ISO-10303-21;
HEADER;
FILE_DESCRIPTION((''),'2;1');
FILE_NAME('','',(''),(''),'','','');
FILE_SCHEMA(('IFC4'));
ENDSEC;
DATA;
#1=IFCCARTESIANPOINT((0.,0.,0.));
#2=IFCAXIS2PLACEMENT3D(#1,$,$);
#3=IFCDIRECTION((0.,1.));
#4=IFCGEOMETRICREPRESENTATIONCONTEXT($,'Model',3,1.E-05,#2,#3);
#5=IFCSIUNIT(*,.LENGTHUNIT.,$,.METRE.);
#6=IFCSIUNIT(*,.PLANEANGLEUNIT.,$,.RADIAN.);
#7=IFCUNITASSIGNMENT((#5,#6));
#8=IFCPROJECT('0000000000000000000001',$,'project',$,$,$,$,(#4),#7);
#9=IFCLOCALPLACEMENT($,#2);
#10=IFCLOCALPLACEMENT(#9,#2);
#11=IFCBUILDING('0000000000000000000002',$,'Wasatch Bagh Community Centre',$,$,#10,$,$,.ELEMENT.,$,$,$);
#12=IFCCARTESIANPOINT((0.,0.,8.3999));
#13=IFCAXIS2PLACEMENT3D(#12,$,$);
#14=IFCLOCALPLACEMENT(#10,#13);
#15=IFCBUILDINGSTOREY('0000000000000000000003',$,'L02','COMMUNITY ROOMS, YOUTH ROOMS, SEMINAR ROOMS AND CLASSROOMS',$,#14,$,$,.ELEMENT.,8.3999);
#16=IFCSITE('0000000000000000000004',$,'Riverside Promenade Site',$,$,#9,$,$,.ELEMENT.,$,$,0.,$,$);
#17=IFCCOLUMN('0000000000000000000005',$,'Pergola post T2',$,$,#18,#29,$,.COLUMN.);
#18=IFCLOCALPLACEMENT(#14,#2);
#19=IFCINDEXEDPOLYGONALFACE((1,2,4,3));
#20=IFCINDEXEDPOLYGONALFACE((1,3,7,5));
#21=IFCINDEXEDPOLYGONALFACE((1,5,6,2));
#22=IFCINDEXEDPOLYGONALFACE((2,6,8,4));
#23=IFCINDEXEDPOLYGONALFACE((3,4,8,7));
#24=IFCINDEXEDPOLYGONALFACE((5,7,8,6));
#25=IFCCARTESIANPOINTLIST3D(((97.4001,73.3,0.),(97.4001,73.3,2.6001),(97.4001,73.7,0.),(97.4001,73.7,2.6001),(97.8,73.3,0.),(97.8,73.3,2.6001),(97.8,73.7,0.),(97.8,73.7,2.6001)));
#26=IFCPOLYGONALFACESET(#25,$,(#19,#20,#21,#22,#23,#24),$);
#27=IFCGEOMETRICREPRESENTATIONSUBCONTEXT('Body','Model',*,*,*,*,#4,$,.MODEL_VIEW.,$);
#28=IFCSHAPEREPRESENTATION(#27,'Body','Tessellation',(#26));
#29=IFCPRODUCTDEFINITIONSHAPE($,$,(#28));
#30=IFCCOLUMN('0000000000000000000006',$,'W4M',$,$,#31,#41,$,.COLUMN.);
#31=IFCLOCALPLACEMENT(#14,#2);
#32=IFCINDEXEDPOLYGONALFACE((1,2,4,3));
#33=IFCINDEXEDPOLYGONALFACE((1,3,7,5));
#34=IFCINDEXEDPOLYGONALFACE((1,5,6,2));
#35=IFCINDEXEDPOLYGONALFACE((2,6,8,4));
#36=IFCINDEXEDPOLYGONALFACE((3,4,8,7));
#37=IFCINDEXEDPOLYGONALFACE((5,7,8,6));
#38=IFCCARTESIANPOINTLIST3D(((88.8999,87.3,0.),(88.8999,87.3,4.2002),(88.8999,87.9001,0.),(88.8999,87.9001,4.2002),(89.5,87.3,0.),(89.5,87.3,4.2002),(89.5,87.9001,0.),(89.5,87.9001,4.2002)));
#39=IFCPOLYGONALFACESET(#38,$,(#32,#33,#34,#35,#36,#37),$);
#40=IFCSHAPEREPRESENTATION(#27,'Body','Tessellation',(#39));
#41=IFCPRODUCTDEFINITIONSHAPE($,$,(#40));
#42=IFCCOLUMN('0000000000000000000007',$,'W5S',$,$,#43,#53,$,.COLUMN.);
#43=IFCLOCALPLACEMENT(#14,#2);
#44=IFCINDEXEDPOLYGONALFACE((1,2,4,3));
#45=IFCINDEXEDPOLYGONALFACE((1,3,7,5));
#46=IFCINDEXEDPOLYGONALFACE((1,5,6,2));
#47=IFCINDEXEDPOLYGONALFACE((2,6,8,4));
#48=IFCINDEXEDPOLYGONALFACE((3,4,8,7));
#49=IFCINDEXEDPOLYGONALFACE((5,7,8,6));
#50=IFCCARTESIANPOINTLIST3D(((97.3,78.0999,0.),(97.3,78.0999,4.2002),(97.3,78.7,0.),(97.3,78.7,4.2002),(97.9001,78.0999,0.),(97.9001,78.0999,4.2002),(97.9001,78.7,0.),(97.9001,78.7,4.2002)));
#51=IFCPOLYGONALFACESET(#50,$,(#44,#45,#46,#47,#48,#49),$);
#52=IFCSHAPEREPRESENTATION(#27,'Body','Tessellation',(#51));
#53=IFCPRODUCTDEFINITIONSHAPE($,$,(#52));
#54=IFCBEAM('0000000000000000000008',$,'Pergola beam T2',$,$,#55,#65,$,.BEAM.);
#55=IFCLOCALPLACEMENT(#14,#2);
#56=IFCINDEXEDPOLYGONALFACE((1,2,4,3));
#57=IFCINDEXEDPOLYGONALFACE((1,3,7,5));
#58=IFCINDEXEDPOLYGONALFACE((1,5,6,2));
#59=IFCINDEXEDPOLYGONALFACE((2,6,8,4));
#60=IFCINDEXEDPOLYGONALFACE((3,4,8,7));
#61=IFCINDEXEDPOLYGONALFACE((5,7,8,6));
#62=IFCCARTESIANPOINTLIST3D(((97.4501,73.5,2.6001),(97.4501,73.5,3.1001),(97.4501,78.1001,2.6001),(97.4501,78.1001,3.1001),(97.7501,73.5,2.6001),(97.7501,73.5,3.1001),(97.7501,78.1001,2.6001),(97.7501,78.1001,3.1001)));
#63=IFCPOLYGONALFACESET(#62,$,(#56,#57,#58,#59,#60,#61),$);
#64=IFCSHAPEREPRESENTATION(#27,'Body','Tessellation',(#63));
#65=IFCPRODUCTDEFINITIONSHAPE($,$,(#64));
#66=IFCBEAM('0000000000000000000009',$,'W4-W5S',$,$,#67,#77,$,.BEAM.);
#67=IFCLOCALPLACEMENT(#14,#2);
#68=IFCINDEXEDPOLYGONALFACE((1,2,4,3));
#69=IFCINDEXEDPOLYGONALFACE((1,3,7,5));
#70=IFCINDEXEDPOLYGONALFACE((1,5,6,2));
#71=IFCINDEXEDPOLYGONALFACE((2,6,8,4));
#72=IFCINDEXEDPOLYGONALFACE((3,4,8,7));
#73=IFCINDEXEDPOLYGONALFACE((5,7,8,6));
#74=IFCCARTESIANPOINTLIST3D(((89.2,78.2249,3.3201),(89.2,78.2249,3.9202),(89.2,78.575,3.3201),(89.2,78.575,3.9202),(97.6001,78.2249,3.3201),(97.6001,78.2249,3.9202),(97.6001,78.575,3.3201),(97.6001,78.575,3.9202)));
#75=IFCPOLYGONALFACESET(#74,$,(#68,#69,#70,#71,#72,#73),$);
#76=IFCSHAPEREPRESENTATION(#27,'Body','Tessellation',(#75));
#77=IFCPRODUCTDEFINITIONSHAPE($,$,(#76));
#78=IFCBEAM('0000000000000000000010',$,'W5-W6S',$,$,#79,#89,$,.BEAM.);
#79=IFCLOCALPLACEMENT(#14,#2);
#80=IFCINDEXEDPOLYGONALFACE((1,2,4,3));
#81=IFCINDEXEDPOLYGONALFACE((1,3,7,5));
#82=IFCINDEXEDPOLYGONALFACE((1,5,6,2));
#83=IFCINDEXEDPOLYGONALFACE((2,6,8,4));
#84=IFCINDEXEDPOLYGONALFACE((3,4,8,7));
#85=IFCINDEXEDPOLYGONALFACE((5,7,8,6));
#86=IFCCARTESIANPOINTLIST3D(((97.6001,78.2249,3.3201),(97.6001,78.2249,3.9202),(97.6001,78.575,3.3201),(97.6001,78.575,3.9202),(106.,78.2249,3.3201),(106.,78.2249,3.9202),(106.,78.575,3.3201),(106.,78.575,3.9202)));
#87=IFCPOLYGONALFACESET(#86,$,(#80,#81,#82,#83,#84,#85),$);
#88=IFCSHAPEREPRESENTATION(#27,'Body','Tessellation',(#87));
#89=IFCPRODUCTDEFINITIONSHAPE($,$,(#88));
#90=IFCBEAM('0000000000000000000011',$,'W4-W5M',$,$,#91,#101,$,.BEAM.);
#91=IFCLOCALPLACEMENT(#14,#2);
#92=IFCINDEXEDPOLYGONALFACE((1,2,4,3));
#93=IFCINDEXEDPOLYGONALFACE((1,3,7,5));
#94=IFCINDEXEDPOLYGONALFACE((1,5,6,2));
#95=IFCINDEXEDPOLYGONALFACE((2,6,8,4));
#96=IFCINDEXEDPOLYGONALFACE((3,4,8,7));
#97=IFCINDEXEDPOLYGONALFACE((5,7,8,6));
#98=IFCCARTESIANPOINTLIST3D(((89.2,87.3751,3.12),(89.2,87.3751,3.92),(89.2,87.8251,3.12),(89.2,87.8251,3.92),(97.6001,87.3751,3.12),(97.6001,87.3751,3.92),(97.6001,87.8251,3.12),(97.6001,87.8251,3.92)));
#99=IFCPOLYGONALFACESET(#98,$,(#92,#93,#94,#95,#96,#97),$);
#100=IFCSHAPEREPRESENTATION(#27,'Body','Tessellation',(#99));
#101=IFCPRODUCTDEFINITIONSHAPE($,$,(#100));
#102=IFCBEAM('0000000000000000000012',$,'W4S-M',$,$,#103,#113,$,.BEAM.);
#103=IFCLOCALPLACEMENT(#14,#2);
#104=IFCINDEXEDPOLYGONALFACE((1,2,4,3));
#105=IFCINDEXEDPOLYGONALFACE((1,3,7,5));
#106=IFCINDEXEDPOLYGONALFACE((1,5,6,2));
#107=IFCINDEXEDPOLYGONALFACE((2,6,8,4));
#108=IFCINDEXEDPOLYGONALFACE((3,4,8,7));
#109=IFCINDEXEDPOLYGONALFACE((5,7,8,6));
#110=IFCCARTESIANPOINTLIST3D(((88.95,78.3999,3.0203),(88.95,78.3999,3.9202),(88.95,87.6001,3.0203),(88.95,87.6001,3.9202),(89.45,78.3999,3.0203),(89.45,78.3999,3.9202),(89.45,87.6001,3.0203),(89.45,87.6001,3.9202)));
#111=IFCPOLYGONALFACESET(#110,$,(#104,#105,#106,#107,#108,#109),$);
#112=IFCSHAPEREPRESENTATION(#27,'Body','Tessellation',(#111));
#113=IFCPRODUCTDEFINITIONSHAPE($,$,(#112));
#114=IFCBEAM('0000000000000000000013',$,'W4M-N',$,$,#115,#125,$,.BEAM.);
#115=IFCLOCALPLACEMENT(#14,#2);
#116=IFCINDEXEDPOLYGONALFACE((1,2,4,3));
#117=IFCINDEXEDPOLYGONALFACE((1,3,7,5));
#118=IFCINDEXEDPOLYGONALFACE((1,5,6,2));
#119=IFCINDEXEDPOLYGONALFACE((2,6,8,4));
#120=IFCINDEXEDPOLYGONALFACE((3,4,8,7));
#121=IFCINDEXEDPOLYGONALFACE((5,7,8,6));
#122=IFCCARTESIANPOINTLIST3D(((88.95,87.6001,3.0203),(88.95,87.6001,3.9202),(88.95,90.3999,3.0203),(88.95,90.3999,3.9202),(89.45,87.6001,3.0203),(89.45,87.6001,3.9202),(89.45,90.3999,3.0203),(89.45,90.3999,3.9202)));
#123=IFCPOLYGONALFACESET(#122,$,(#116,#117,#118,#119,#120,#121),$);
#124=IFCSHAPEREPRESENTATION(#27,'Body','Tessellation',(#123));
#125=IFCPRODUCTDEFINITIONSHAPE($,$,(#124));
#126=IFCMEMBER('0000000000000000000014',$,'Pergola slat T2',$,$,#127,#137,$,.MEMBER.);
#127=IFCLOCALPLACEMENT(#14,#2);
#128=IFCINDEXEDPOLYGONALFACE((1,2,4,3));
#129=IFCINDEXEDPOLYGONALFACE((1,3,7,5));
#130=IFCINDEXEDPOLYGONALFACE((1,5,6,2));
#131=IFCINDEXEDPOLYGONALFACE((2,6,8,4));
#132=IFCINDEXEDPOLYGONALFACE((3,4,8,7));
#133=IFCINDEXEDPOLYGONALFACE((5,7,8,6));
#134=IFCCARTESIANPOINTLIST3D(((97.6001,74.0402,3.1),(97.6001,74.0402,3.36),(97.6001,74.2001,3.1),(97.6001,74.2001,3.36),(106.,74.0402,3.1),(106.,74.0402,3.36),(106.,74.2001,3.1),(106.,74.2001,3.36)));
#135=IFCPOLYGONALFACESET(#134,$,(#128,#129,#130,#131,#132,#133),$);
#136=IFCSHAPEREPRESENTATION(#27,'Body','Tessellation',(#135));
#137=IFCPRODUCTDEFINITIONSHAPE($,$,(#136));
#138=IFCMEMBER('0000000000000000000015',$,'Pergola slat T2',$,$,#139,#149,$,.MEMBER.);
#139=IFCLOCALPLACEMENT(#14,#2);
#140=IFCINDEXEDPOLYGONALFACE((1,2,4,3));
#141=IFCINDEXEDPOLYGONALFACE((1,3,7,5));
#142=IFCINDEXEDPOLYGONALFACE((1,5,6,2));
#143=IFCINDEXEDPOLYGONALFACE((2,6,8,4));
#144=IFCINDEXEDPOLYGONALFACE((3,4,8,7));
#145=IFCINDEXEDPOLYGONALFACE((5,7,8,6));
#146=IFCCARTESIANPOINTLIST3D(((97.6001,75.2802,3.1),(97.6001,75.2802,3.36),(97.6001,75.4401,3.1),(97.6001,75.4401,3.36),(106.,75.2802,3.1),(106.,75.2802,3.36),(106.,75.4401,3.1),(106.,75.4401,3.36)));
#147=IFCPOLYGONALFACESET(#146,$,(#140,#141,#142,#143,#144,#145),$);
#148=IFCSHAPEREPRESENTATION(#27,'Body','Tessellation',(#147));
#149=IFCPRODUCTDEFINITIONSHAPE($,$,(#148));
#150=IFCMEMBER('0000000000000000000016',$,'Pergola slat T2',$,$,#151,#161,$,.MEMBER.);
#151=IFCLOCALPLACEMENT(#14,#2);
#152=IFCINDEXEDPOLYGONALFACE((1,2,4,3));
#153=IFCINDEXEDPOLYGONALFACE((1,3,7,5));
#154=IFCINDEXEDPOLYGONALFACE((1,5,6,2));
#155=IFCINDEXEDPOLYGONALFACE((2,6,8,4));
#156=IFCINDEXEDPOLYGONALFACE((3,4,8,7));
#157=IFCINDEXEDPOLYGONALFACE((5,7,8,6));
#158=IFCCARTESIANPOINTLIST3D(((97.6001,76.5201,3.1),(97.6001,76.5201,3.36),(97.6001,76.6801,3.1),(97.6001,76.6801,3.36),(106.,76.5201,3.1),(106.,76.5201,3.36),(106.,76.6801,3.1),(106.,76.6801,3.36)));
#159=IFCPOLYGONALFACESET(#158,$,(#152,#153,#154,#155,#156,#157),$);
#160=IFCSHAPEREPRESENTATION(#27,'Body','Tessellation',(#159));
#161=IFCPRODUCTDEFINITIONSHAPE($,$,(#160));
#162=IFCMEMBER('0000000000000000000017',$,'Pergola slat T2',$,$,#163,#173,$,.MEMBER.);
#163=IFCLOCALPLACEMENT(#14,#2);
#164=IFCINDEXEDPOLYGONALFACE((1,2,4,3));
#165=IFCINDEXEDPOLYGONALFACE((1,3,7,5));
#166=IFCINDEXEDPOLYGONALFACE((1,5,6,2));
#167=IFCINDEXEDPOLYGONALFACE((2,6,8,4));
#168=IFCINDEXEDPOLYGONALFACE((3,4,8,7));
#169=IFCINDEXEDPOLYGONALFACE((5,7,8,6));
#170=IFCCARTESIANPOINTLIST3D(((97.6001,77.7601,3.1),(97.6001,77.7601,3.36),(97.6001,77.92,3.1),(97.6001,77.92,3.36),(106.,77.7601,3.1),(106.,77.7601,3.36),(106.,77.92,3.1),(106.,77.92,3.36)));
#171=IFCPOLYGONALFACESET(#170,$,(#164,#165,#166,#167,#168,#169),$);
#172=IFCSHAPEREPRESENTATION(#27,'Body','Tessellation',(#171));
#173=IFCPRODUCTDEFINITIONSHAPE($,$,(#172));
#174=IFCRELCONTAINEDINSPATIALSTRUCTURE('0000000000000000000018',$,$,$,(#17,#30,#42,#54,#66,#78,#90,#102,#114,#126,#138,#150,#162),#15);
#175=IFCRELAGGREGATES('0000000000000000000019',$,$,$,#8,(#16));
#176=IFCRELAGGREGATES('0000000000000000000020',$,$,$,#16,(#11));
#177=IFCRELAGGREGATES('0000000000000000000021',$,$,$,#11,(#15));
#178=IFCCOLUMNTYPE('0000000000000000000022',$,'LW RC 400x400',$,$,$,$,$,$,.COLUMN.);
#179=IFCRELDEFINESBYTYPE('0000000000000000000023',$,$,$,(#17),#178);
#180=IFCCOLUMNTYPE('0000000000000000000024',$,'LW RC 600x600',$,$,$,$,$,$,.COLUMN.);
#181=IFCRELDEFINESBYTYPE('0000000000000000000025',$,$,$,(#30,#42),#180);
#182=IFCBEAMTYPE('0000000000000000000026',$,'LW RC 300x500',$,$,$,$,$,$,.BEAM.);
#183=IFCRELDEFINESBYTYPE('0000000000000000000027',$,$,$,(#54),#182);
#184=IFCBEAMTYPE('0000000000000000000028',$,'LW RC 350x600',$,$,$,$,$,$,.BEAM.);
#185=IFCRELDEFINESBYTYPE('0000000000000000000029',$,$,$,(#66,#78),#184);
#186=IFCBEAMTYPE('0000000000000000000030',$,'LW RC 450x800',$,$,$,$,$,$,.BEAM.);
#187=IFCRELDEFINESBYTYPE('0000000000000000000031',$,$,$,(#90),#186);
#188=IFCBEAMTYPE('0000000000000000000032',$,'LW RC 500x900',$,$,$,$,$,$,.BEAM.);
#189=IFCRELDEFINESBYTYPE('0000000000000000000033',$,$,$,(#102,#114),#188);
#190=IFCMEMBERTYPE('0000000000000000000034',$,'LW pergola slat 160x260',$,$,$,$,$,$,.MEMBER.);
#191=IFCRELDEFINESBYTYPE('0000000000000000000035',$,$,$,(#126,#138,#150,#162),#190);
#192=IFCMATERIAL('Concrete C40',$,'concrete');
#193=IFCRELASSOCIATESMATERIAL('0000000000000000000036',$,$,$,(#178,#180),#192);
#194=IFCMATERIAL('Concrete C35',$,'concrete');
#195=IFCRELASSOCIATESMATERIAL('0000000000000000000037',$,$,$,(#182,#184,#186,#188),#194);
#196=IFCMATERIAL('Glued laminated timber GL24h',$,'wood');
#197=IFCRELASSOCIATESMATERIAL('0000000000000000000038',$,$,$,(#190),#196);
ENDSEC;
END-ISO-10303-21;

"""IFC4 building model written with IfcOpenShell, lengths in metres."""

from ifc_helpers import new_model, si_unit, direction, frame, origin, origin_2d, place, context, subcontext, project, spatial, rectangle, extrude, material, material_profile, profile_set, type_object, element, save


model = new_model("IFC4")

# Units and contexts
model_context = context("Model", 3, precision=1e-05, world=origin(), true_north=direction((0.0, 1.0)))
body_context = subcontext(model_context, "Body", "Model", "MODEL_VIEW")
ifc_project = project(units=[si_unit("LENGTHUNIT", "METRE"), si_unit("PLANEANGLEUNIT", "RADIAN")], contexts=[model_context])

# Site, building, storey
site_placement = place(None, origin())
site = spatial("IfcSite", under=ifc_project, at=site_placement, Name="Riverside Promenade Site", CompositionType="ELEMENT", RefElevation=0.0)
building_placement = place(site_placement, origin())
building = spatial("IfcBuilding", under=site, at=building_placement, Name="Wasatch Bagh Community Centre", CompositionType="ELEMENT")
storey_placement = place(building_placement, frame((0.0, 0.0, 8.3999)))
storey = spatial("IfcBuildingStorey", under=building, at=storey_placement, Name="L02", Description="COMMUNITY ROOMS, YOUTH ROOMS, SEMINAR ROOMS AND CLASSROOMS", CompositionType="ELEMENT", Elevation=8.3999)

# Columns
ifc_material_1 = material(Name="Concrete C40", Category="concrete")
ifc_material_profile_1 = material_profile(ifc_material_1, rectangle(XDim=0.3999, YDim=0.3999, at=origin_2d()), Name="RC 400x400")
ifc_profile_set_1 = profile_set([ifc_material_profile_1], Name="Concrete C40")
column_type_1 = type_object("IfcColumnType", Name="LW RC 400x400", PredefinedType="COLUMN", material=ifc_profile_set_1)
column_placement = place(storey_placement, frame((97.6001, 73.5, 0.0), z_axis=(0.0, 0.0, 1.0), x_axis=(1.0, 0.0, 0.0)))
element("IfcColumn", 1, at=column_placement, inside=storey, type_object=column_type_1, Name="Pergola post T2", PredefinedType="COLUMN", context=body_context, shape_type="SweptSolid", body=[
    extrude(rectangle(XDim=0.3999, YDim=0.3999, at=origin_2d()), origin(), (0.0, 0.0, 1.0), 2.6001),
])
ifc_material_profile_2 = material_profile(ifc_material_1, rectangle(XDim=0.6001, YDim=0.6001, at=origin_2d()), Name="RC 600x600")
ifc_profile_set_2 = profile_set([ifc_material_profile_2], Name="Concrete C40")
column_type_2 = type_object("IfcColumnType", Name="LW RC 600x600", PredefinedType="COLUMN", material=ifc_profile_set_2)
for number, where, z_axis, x_axis, name in (
    (2, (89.2, 87.6001, 0.0), (0.0, 0.0, 1.0), (1.0, 0.0, 0.0), "W4M"),
    (3, (97.6001, 78.3999, 0.0), (0.0, 0.0, 1.0), (1.0, 0.0, 0.0), "W5S"),
):
    element("IfcColumn", number, at=place(storey_placement, frame(where, z_axis=z_axis, x_axis=x_axis)), inside=storey, type_object=column_type_2, Name=name, PredefinedType="COLUMN", context=body_context, shape_type="SweptSolid", body=[
        extrude(rectangle(XDim=0.6001, YDim=0.6001, at=origin_2d()), origin(), (0.0, 0.0, 1.0), 4.2002),
    ])

# Beams
ifc_material_2 = material(Name="Concrete C35", Category="concrete")
ifc_material_profile_3 = material_profile(ifc_material_2, rectangle(XDim=0.3, YDim=0.5, at=origin_2d()), Name="RC 300x500")
ifc_profile_set_3 = profile_set([ifc_material_profile_3], Name="Concrete C35")
beam_type_1 = type_object("IfcBeamType", Name="LW RC 300x500", PredefinedType="BEAM", material=ifc_profile_set_3)
beam_1_placement = place(storey_placement, frame((97.6001, 78.1001, 2.8501), z_axis=(0.0, -1.0, 0.0), x_axis=(1.0, 0.0, 0.0)))
element("IfcBeam", 4, at=beam_1_placement, inside=storey, type_object=beam_type_1, Name="Pergola beam T2", PredefinedType="BEAM", context=body_context, shape_type="SweptSolid", body=[
    extrude(rectangle(XDim=0.3, YDim=0.5, at=origin_2d()), origin(), (0.0, 0.0, 1.0), 4.6001),
])
ifc_material_profile_4 = material_profile(ifc_material_2, rectangle(XDim=0.3501, YDim=0.6001, at=origin_2d()), Name="RC 350x600")
ifc_profile_set_4 = profile_set([ifc_material_profile_4], Name="Concrete C35")
beam_type_2 = type_object("IfcBeamType", Name="LW RC 350x600", PredefinedType="BEAM", material=ifc_profile_set_4)
beam_2_placement = place(storey_placement, frame((89.2, 78.3999, 3.6201), z_axis=(1.0, 0.0, 0.0), x_axis=(0.0, 1.0, 0.0)))
element("IfcBeam", 5, at=beam_2_placement, inside=storey, type_object=beam_type_2, Name="W4-W5S", PredefinedType="BEAM", context=body_context, shape_type="SweptSolid", body=[
    extrude(rectangle(XDim=0.3501, YDim=0.6001, at=origin_2d()), origin(), (0.0, 0.0, 1.0), 8.4001),
])
beam_3_placement = place(storey_placement, frame((97.6001, 78.3999, 3.6201), z_axis=(1.0, 0.0, 0.0), x_axis=(0.0, 1.0, 0.0)))
element("IfcBeam", 6, at=beam_3_placement, inside=storey, type_object=beam_type_2, Name="W5-W6S", PredefinedType="BEAM", context=body_context, shape_type="SweptSolid", body=[
    extrude(rectangle(XDim=0.3501, YDim=0.6001, at=origin_2d()), origin(), (0.0, 0.0, 1.0), 8.3999),
])
ifc_material_profile_5 = material_profile(ifc_material_2, rectangle(XDim=0.45, YDim=0.8, at=origin_2d()), Name="RC 450x800")
ifc_profile_set_5 = profile_set([ifc_material_profile_5], Name="Concrete C35")
beam_type_3 = type_object("IfcBeamType", Name="LW RC 450x800", PredefinedType="BEAM", material=ifc_profile_set_5)
beam_4_placement = place(storey_placement, frame((89.2, 87.6001, 3.52), z_axis=(1.0, 0.0, 0.0), x_axis=(0.0, 1.0, 0.0)))
element("IfcBeam", 7, at=beam_4_placement, inside=storey, type_object=beam_type_3, Name="W4-W5M", PredefinedType="BEAM", context=body_context, shape_type="SweptSolid", body=[
    extrude(rectangle(XDim=0.45, YDim=0.8, at=origin_2d()), origin(), (0.0, 0.0, 1.0), 8.4001),
])
ifc_material_profile_6 = material_profile(ifc_material_2, rectangle(XDim=0.5, YDim=0.8999, at=origin_2d()), Name="RC 500x900")
ifc_profile_set_6 = profile_set([ifc_material_profile_6], Name="Concrete C35")
beam_type_4 = type_object("IfcBeamType", Name="LW RC 500x900", PredefinedType="BEAM", material=ifc_profile_set_6)
beam_5_placement = place(storey_placement, frame((89.2, 78.3999, 3.4702), z_axis=(0.0, 1.0, 0.0), x_axis=(-1.0, 0.0, 0.0)))
element("IfcBeam", 8, at=beam_5_placement, inside=storey, type_object=beam_type_4, Name="W4S-M", PredefinedType="BEAM", context=body_context, shape_type="SweptSolid", body=[
    extrude(rectangle(XDim=0.5, YDim=0.8999, at=origin_2d()), origin(), (0.0, 0.0, 1.0), 9.2002),
])
beam_6_placement = place(storey_placement, frame((89.2, 87.6001, 3.4702), z_axis=(0.0, 1.0, 0.0), x_axis=(-1.0, 0.0, 0.0)))
element("IfcBeam", 9, at=beam_6_placement, inside=storey, type_object=beam_type_4, Name="W4M-N", PredefinedType="BEAM", context=body_context, shape_type="SweptSolid", body=[
    extrude(rectangle(XDim=0.5, YDim=0.8999, at=origin_2d()), origin(), (0.0, 0.0, 1.0), 2.7998),
])

# Members
ifc_material_3 = material(Name="Glued laminated timber GL24h", Category="wood")
ifc_material_profile_7 = material_profile(ifc_material_3, rectangle(XDim=0.1599, YDim=0.26, at=origin_2d()), Name="GL 160x260")
ifc_profile_set_7 = profile_set([ifc_material_profile_7], Name="Glued laminated timber GL24h")
member_type = type_object("IfcMemberType", Name="LW pergola slat 160x260", PredefinedType="MEMBER", material=ifc_profile_set_7)
for number, where, z_axis, x_axis, name in (
    (10, (97.6001, 74.1201, 3.23), (1.0, 0.0, 0.0), (0.0, 1.0, 0.0), "Pergola slat T2"),
    (11, (97.6001, 75.3601, 3.23), (1.0, 0.0, 0.0), (0.0, 1.0, 0.0), "Pergola slat T2"),
    (12, (97.6001, 76.6001, 3.23), (1.0, 0.0, 0.0), (0.0, 1.0, 0.0), "Pergola slat T2"),
    (13, (97.6001, 77.8401, 3.23), (1.0, 0.0, 0.0), (0.0, 1.0, 0.0), "Pergola slat T2"),
):
    element("IfcMember", number, at=place(storey_placement, frame(where, z_axis=z_axis, x_axis=x_axis)), inside=storey, type_object=member_type, Name=name, PredefinedType="MEMBER", context=body_context, shape_type="SweptSolid", body=[
        extrude(rectangle(XDim=0.1599, YDim=0.26, at=origin_2d()), origin(), (0.0, 0.0, 1.0), 8.3999),
    ])

save(model, "model.ifc")
